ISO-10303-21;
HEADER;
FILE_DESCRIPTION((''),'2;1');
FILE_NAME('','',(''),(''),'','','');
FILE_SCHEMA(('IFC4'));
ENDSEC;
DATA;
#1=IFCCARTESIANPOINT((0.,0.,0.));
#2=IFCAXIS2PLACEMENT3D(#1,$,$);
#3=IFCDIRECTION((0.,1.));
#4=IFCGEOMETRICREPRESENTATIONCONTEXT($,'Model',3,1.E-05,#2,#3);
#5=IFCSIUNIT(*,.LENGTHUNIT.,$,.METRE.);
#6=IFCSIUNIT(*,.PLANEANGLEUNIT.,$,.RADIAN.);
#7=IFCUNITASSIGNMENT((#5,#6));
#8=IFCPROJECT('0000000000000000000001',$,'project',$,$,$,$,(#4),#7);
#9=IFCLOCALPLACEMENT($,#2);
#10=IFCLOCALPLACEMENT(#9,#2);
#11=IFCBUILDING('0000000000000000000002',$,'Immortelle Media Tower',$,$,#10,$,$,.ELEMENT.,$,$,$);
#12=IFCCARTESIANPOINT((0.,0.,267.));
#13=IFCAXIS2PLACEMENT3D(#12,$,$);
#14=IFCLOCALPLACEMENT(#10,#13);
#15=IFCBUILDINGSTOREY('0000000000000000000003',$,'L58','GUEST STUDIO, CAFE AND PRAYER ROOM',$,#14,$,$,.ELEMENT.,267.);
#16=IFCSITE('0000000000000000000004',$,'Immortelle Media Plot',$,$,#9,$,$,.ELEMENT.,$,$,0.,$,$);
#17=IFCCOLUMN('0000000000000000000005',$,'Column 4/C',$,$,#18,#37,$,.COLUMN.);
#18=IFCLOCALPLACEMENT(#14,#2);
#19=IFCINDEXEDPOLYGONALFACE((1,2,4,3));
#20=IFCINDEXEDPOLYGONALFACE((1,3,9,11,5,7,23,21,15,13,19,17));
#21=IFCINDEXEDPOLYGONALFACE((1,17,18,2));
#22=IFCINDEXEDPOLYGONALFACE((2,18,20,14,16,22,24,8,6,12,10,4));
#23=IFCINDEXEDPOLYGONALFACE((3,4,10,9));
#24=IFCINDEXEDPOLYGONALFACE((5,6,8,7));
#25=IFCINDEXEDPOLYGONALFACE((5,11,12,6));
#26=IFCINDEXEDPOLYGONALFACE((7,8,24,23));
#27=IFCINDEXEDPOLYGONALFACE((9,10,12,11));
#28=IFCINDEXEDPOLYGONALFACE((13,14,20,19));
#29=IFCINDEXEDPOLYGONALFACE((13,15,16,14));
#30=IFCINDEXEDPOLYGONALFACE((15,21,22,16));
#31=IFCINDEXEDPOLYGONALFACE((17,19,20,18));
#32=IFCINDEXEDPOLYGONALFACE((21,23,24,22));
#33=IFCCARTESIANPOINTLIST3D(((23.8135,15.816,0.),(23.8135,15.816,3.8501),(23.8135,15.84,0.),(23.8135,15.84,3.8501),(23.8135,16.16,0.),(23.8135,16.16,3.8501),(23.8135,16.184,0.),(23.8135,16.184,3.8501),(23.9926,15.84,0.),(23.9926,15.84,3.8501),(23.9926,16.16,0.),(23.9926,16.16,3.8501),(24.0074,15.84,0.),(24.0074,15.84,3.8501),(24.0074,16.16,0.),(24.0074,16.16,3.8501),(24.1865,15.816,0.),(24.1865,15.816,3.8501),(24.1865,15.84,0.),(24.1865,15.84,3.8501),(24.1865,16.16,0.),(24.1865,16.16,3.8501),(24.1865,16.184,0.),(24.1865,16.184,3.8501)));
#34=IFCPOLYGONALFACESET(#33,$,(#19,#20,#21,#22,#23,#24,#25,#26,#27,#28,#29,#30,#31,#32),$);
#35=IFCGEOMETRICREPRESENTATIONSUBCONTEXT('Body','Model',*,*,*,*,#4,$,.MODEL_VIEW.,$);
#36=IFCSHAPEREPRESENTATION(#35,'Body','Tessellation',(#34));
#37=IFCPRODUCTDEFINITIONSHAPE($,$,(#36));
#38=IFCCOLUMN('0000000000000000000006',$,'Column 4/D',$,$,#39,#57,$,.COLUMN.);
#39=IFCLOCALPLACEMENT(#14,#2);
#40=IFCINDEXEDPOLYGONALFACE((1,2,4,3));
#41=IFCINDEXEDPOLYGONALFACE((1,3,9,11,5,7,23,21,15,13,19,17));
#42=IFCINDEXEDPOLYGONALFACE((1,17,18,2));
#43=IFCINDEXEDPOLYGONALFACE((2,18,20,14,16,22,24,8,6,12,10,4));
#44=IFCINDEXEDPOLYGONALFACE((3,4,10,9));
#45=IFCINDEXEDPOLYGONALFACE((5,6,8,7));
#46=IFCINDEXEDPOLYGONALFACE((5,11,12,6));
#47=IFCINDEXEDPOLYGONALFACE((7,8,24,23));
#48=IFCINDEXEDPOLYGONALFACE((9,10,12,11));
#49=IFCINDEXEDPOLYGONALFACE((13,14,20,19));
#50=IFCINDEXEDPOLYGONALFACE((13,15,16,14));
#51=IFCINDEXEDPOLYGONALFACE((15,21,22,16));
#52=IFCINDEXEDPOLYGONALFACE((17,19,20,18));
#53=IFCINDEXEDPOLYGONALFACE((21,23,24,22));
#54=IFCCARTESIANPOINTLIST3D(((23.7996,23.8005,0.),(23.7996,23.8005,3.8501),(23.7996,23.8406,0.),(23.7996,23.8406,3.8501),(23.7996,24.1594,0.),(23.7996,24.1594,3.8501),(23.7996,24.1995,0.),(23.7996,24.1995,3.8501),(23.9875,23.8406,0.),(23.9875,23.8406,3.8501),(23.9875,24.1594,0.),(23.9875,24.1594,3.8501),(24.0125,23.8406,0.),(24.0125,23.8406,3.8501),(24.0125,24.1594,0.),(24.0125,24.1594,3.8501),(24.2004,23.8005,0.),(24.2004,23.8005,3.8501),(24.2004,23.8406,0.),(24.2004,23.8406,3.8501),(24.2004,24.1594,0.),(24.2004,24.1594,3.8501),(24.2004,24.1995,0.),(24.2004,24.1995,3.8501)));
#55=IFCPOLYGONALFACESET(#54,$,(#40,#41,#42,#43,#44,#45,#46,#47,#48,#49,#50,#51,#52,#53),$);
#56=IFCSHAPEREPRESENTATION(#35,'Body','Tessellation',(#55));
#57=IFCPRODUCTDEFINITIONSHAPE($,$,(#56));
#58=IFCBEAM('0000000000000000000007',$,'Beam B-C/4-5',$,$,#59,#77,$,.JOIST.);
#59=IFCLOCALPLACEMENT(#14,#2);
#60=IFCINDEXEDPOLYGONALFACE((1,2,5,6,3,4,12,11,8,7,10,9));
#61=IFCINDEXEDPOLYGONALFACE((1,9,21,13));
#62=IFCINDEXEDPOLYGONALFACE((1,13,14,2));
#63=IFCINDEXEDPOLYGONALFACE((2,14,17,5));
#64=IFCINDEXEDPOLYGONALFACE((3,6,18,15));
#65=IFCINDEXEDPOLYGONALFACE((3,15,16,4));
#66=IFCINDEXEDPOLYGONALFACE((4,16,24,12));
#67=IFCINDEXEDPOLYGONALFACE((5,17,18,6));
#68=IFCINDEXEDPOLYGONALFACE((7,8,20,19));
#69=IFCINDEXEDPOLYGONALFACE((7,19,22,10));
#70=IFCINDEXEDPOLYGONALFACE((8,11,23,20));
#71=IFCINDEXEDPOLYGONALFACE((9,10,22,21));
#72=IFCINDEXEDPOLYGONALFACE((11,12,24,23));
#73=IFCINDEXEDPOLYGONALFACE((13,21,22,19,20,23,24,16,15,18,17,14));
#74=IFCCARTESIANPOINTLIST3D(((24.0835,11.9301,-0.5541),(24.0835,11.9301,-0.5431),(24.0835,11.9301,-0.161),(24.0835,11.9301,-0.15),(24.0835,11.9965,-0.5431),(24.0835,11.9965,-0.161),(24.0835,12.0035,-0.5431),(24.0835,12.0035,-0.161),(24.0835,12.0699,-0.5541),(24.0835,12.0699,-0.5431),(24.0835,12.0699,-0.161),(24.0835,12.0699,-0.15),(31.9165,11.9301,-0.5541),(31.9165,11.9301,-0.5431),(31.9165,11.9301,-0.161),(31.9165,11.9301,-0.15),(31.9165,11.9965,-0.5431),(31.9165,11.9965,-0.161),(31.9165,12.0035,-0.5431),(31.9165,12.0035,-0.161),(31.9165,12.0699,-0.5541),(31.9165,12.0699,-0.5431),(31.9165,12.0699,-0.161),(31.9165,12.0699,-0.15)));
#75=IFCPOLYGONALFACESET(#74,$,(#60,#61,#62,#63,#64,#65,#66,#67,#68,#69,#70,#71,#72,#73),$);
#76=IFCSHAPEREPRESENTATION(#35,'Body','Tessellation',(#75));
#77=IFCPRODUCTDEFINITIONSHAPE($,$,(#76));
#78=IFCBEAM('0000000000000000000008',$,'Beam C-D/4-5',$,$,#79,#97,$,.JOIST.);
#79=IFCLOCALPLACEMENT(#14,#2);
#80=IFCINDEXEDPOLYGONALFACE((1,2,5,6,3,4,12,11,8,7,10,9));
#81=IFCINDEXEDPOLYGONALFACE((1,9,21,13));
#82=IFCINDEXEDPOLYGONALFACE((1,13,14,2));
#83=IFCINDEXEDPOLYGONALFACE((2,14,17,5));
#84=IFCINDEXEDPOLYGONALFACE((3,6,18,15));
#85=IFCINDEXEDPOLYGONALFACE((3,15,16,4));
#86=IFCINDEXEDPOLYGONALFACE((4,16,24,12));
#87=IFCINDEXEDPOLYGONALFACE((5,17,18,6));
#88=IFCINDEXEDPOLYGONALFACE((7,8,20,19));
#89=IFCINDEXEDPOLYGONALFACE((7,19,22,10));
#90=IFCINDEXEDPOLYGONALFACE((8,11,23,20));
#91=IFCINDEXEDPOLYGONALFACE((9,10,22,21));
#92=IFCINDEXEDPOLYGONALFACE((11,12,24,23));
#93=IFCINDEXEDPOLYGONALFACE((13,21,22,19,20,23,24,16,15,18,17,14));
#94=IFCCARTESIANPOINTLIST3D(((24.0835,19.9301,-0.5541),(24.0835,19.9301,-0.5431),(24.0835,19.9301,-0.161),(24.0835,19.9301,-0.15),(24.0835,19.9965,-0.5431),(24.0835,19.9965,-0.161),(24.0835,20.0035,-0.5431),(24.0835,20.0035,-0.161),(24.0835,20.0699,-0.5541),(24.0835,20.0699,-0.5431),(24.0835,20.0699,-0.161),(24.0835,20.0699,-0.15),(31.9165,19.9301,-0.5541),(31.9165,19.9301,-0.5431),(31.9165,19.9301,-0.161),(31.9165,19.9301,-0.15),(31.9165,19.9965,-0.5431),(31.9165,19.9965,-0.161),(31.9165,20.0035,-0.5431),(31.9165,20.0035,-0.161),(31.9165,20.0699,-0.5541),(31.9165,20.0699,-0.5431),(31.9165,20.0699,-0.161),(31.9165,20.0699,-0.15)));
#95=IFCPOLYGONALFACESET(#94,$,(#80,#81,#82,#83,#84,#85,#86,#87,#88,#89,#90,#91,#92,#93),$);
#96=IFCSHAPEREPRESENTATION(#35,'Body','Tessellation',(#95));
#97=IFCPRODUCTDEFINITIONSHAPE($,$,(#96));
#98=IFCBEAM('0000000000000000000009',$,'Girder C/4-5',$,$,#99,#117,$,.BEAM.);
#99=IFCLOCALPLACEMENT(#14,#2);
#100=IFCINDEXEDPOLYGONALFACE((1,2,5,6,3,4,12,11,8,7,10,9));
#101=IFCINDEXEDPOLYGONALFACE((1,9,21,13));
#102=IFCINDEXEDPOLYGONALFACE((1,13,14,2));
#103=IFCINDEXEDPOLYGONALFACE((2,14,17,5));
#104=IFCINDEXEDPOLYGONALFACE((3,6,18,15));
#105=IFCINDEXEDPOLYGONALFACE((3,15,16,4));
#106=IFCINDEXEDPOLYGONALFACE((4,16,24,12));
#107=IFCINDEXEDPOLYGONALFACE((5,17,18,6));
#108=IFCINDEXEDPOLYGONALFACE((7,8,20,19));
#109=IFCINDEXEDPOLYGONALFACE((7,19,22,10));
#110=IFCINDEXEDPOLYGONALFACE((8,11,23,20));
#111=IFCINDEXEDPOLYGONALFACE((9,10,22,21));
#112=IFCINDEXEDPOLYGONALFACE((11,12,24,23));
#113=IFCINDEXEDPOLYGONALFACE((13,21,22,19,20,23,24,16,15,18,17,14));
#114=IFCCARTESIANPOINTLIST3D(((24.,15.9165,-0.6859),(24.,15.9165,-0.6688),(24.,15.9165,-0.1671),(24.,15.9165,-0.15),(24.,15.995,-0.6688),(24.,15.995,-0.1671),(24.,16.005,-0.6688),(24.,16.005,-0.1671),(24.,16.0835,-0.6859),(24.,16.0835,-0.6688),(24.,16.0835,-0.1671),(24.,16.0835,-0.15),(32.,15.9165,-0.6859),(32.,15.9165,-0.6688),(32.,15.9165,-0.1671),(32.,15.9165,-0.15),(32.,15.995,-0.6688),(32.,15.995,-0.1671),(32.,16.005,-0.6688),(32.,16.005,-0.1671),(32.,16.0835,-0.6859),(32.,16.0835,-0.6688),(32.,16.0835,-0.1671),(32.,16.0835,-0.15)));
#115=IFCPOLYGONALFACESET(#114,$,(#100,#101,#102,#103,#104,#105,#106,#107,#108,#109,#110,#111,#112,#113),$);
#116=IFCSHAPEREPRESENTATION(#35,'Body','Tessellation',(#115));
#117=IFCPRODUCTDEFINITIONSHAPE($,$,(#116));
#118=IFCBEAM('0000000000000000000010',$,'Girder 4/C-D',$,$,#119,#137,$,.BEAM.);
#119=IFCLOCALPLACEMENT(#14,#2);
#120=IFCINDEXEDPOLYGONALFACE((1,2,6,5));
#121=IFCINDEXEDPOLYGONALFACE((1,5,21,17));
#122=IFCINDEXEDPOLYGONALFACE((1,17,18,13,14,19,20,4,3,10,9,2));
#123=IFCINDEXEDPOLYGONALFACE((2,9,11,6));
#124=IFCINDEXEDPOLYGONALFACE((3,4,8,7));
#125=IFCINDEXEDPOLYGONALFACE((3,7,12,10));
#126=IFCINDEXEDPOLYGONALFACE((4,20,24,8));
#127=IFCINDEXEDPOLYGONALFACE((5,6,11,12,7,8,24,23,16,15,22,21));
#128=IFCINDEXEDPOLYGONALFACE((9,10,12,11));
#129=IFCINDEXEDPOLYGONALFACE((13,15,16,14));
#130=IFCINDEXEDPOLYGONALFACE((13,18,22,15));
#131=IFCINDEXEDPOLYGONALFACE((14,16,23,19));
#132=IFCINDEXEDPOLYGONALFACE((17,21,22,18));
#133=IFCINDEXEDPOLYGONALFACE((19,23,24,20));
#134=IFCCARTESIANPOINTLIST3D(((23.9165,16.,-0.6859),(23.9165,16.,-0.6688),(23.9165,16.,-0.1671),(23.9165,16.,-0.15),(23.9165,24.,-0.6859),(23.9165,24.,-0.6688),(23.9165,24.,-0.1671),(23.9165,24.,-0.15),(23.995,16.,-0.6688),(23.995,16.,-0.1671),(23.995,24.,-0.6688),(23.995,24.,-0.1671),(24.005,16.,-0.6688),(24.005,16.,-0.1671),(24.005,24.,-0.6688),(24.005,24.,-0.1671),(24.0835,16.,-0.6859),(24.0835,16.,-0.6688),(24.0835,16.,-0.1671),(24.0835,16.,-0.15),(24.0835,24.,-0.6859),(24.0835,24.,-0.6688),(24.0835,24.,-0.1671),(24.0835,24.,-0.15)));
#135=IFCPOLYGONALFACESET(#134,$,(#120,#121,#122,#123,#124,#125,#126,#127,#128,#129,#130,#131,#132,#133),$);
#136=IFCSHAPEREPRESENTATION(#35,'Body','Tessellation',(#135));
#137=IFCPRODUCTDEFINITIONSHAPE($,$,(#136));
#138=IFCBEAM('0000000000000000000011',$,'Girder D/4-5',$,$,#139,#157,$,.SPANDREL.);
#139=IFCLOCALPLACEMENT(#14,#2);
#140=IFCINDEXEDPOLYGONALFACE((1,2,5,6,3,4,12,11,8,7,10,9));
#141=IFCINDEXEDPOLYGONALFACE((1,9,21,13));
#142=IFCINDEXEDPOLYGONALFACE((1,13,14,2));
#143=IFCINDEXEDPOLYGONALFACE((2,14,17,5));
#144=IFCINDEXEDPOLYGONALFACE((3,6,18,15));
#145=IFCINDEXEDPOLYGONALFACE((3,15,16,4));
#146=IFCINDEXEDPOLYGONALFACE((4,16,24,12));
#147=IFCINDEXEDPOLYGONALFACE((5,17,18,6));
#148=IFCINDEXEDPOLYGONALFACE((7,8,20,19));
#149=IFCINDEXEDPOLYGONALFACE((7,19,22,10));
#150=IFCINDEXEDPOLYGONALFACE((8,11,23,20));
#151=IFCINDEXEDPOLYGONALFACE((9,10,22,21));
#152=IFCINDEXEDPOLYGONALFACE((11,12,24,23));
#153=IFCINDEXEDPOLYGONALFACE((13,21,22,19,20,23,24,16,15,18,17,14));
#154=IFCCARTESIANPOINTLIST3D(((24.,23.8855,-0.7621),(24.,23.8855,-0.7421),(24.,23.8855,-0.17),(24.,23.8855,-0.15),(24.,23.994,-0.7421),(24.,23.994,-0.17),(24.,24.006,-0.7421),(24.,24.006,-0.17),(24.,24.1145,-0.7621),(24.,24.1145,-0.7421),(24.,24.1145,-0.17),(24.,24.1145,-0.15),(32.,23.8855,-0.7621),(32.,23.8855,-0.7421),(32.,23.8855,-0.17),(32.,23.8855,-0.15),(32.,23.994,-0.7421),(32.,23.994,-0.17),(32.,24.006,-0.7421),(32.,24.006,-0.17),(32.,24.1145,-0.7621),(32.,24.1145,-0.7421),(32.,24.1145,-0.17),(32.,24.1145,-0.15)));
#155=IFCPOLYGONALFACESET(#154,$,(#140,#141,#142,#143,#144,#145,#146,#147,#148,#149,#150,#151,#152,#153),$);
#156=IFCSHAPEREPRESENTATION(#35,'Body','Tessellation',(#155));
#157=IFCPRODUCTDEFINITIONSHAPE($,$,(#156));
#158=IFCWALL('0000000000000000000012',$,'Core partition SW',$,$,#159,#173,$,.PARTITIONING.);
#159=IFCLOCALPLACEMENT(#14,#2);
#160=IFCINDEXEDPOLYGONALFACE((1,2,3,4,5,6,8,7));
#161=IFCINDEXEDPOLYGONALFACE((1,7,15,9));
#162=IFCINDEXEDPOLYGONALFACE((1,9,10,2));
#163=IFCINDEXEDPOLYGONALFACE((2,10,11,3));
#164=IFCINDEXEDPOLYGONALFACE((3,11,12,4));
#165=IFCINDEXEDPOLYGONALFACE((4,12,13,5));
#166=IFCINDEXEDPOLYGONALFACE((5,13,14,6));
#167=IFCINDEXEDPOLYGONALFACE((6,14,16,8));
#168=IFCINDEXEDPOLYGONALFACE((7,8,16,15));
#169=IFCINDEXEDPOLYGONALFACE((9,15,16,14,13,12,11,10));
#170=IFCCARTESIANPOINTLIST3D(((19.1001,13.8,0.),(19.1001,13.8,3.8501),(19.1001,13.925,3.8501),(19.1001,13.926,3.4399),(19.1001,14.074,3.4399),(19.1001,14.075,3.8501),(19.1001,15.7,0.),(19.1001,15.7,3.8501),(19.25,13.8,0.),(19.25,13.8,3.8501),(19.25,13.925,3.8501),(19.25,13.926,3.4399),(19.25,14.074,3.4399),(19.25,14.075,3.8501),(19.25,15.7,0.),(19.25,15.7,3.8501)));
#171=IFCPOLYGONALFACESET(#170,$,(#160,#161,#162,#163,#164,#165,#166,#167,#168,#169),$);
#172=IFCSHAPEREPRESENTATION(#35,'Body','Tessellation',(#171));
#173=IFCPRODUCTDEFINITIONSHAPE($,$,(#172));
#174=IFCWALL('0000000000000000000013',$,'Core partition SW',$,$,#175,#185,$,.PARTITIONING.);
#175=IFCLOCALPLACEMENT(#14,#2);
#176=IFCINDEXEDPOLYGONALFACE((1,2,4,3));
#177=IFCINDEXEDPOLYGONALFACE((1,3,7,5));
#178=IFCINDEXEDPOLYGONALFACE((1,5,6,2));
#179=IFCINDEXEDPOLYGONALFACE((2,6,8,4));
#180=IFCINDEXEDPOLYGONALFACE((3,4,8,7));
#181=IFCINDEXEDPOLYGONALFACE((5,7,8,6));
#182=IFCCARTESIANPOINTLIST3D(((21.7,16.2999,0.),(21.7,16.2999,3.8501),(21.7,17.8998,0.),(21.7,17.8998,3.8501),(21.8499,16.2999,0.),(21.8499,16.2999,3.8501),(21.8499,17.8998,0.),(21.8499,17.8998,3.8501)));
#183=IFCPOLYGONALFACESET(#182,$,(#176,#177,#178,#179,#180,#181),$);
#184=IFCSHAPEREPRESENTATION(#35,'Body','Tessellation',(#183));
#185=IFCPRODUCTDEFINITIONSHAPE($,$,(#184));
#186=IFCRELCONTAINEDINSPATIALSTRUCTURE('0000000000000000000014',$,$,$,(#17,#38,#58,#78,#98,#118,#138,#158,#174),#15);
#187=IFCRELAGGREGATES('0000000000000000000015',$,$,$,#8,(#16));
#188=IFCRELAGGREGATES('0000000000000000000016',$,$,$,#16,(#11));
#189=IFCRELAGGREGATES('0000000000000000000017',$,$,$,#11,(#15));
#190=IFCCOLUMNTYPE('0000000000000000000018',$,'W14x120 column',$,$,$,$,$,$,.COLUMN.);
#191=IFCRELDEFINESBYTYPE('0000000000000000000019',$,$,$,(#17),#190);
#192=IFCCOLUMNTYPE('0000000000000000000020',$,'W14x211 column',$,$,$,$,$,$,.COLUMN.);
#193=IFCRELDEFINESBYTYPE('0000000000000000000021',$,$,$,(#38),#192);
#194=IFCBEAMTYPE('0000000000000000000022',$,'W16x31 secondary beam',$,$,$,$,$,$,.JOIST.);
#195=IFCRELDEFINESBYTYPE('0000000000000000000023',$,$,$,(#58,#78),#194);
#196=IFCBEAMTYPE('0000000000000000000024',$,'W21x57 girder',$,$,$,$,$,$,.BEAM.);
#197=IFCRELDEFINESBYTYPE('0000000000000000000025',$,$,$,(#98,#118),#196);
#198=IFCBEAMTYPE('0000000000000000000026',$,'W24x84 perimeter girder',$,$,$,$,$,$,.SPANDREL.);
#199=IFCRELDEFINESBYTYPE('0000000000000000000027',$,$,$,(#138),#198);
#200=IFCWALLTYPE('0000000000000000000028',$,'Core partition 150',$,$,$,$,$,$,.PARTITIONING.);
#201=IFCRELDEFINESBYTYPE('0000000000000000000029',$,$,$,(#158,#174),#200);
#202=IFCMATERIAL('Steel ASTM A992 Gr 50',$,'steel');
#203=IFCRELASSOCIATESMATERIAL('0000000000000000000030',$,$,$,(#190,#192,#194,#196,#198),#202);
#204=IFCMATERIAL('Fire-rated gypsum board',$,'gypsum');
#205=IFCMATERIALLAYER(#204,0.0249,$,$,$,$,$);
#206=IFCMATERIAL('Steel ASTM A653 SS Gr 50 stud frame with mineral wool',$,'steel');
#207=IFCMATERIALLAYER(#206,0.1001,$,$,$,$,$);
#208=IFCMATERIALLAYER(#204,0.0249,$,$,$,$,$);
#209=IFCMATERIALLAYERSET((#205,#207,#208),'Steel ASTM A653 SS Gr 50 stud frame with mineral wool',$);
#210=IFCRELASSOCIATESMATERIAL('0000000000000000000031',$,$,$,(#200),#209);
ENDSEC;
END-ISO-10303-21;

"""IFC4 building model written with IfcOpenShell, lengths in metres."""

from ifc_helpers import new_model, si_unit, direction, frame, frame_2d, origin, origin_2d, place, context, subcontext, project, spatial, polyline, rectangle, i_section, outline, extrude, material, layer, layer_set, material_profile, profile_set, type_object, element, save


model = new_model("IFC4")

# Units and contexts
model_context = context("Model", 3, precision=1e-05, world=origin(), true_north=direction((0.0, 1.0)))
body_context = subcontext(model_context, "Body", "Model", "MODEL_VIEW")
ifc_project = project(units=[si_unit("LENGTHUNIT", "METRE"), si_unit("PLANEANGLEUNIT", "RADIAN")], contexts=[model_context])

# Site, building, storey
site_placement = place(None, origin())
site = spatial("IfcSite", under=ifc_project, at=site_placement, Name="Immortelle Media Plot", CompositionType="ELEMENT", RefElevation=0.0)
building_placement = place(site_placement, origin())
building = spatial("IfcBuilding", under=site, at=building_placement, Name="Immortelle Media Tower", CompositionType="ELEMENT")
storey_placement = place(building_placement, frame((0.0, 0.0, 267.0)))
storey = spatial("IfcBuildingStorey", under=building, at=storey_placement, Name="L58", Description="GUEST STUDIO, CAFE AND PRAYER ROOM", CompositionType="ELEMENT", Elevation=267.0)

# Columns
ifc_material_1 = material(Name="Steel ASTM A992 Gr 50", Category="steel")
ifc_material_profile_1 = material_profile(ifc_material_1, i_section(OverallWidth=0.373, OverallDepth=0.3679, WebThickness=0.0149, FlangeThickness=0.0239, at=origin_2d()), Name="W14x120")
ifc_profile_set_1 = profile_set([ifc_material_profile_1], Name="Steel ASTM A992 Gr 50")
column_type_1 = type_object("IfcColumnType", Name="W14x120 column", PredefinedType="COLUMN", material=ifc_profile_set_1)
column_1_placement = place(storey_placement, frame((24.0, 16.0, 0.0), z_axis=(0.0, 0.0, 1.0), x_axis=(1.0, 0.0, 0.0)))
element("IfcColumn", 1, at=column_1_placement, inside=storey, type_object=column_type_1, Name="Column 4/C", PredefinedType="COLUMN", context=body_context, shape_type="SweptSolid", body=[
    extrude(i_section(OverallWidth=0.373, OverallDepth=0.3679, WebThickness=0.0149, FlangeThickness=0.0239, at=origin_2d()), origin(), (0.0, 0.0, 1.0), 3.8501),
])
ifc_material_profile_2 = material_profile(ifc_material_1, i_section(OverallWidth=0.4009, OverallDepth=0.3989, WebThickness=0.0249, FlangeThickness=0.04, at=origin_2d()), Name="W14x211")
ifc_profile_set_2 = profile_set([ifc_material_profile_2], Name="Steel ASTM A992 Gr 50")
column_type_2 = type_object("IfcColumnType", Name="W14x211 column", PredefinedType="COLUMN", material=ifc_profile_set_2)
column_2_placement = place(storey_placement, frame((24.0, 24.0, 0.0), z_axis=(0.0, 0.0, 1.0), x_axis=(1.0, 0.0, 0.0)))
element("IfcColumn", 2, at=column_2_placement, inside=storey, type_object=column_type_2, Name="Column 4/D", PredefinedType="COLUMN", context=body_context, shape_type="SweptSolid", body=[
    extrude(i_section(OverallWidth=0.4009, OverallDepth=0.3989, WebThickness=0.0249, FlangeThickness=0.04, at=origin_2d()), origin(), (0.0, 0.0, 1.0), 3.8501),
])

# Beams
ifc_material_profile_3 = material_profile(ifc_material_1, i_section(OverallWidth=0.1399, OverallDepth=0.4041, WebThickness=0.0071, FlangeThickness=0.011, at=origin_2d()), Name="W16x31")
ifc_profile_set_3 = profile_set([ifc_material_profile_3], Name="Steel ASTM A992 Gr 50")
beam_type_1 = type_object("IfcBeamType", Name="W16x31 secondary beam", PredefinedType="JOIST", material=ifc_profile_set_3)
for number, where, z_axis, x_axis, name in (
    (3, (24.0835, 12.0, -0.3521), (1.0, 0.0, 0.0), (0.0, 1.0, 0.0), "Beam B-C/4-5"),
    (4, (24.0835, 20.0, -0.3521), (1.0, 0.0, 0.0), (0.0, 1.0, 0.0), "Beam C-D/4-5"),
):
    element("IfcBeam", number, at=place(storey_placement, frame(where, z_axis=z_axis, x_axis=x_axis)), inside=storey, type_object=beam_type_1, Name=name, PredefinedType="JOIST", context=body_context, shape_type="SweptSolid", body=[
        extrude(i_section(OverallWidth=0.1399, OverallDepth=0.4041, WebThickness=0.0071, FlangeThickness=0.011, at=origin_2d()), origin(), (0.0, 0.0, 1.0), 7.833),
    ])
ifc_material_profile_4 = material_profile(ifc_material_1, i_section(OverallWidth=0.167, OverallDepth=0.5359, WebThickness=0.01, FlangeThickness=0.0171, at=origin_2d()), Name="W21x57")
ifc_profile_set_4 = profile_set([ifc_material_profile_4], Name="Steel ASTM A992 Gr 50")
beam_type_2 = type_object("IfcBeamType", Name="W21x57 girder", PredefinedType="BEAM", material=ifc_profile_set_4)
for number, where, z_axis, x_axis, name in (
    (5, (24.0, 16.0, -0.418), (1.0, 0.0, 0.0), (0.0, 1.0, 0.0), "Girder C/4-5"),
    (6, (24.0, 16.0, -0.418), (0.0, 1.0, 0.0), (-1.0, 0.0, 0.0), "Girder 4/C-D"),
):
    element("IfcBeam", number, at=place(storey_placement, frame(where, z_axis=z_axis, x_axis=x_axis)), inside=storey, type_object=beam_type_2, Name=name, PredefinedType="BEAM", context=body_context, shape_type="SweptSolid", body=[
        extrude(i_section(OverallWidth=0.167, OverallDepth=0.5359, WebThickness=0.01, FlangeThickness=0.0171, at=origin_2d()), origin(), (0.0, 0.0, 1.0), 8.0),
    ])
ifc_material_profile_5 = material_profile(ifc_material_1, i_section(OverallWidth=0.229, OverallDepth=0.6121, WebThickness=0.012, FlangeThickness=0.02, at=origin_2d()), Name="W24x84")
ifc_profile_set_5 = profile_set([ifc_material_profile_5], Name="Steel ASTM A992 Gr 50")
beam_type_3 = type_object("IfcBeamType", Name="W24x84 perimeter girder", PredefinedType="SPANDREL", material=ifc_profile_set_5)
beam_placement = place(storey_placement, frame((24.0, 24.0, -0.4561), z_axis=(1.0, 0.0, 0.0), x_axis=(0.0, 1.0, 0.0)))
element("IfcBeam", 7, at=beam_placement, inside=storey, type_object=beam_type_3, Name="Girder D/4-5", PredefinedType="SPANDREL", context=body_context, shape_type="SweptSolid", body=[
    extrude(i_section(OverallWidth=0.229, OverallDepth=0.6121, WebThickness=0.012, FlangeThickness=0.02, at=origin_2d()), origin(), (0.0, 0.0, 1.0), 8.0),
])

# Walls
ifc_material_2 = material(Name="Fire-rated gypsum board", Category="gypsum")
ifc_layer_1 = layer(ifc_material_2, 0.0249)
ifc_material_3 = material(Name="Steel ASTM A653 SS Gr 50 stud frame with mineral wool", Category="steel")
ifc_layer_2 = layer(ifc_material_3, 0.1001)
ifc_layer_3 = layer(ifc_material_2, 0.0249)
ifc_layer_set_1 = layer_set([ifc_layer_1, ifc_layer_2, ifc_layer_3], Name="Steel ASTM A653 SS Gr 50 stud frame with mineral wool")
wall_type_1 = type_object("IfcWallType", Name="Core partition 150", PredefinedType="PARTITIONING", material=ifc_layer_set_1)
wall_1_placement = place(storey_placement, frame((19.175, 13.8, 0.0), z_axis=(0.0, 0.0, 1.0), x_axis=(0.0, 1.0, 0.0)))
element("IfcWall", 8, at=wall_1_placement, inside=storey, type_object=wall_type_1, Name="Core partition SW", PredefinedType="PARTITIONING", context=body_context, shape_type="SweptSolid", body=[
    extrude(outline(polyline([(0.0, 0.0), (1.8999, 0.0), (1.8999, 3.8501), (0.2749, 3.8501), (0.2739, 3.4399), (0.126, 3.4399), (0.125, 3.8501), (0.0, 3.8501), (0.0, 0.0)])), frame((0.0, 0.075, 0.0), z_axis=(0.0, -1.0, 0.0), x_axis=(1.0, 0.0, 0.0)), (0.0, 0.0, 1.0), 0.1499),
])
wall_2_placement = place(storey_placement, frame((21.7749, 16.3, 0.0), z_axis=(0.0, 0.0, 1.0), x_axis=(0.0, 1.0, 0.0)))
element("IfcWall", 9, at=wall_2_placement, inside=storey, type_object=wall_type_1, Name="Core partition SW", PredefinedType="PARTITIONING", context=body_context, shape_type="SweptSolid", body=[
    extrude(rectangle(XDim=1.5999, YDim=0.1499, at=frame_2d((0.7998, 0.0))), origin(), (0.0, 0.0, 1.0), 3.8501),
])

save(model, "model.ifc")
